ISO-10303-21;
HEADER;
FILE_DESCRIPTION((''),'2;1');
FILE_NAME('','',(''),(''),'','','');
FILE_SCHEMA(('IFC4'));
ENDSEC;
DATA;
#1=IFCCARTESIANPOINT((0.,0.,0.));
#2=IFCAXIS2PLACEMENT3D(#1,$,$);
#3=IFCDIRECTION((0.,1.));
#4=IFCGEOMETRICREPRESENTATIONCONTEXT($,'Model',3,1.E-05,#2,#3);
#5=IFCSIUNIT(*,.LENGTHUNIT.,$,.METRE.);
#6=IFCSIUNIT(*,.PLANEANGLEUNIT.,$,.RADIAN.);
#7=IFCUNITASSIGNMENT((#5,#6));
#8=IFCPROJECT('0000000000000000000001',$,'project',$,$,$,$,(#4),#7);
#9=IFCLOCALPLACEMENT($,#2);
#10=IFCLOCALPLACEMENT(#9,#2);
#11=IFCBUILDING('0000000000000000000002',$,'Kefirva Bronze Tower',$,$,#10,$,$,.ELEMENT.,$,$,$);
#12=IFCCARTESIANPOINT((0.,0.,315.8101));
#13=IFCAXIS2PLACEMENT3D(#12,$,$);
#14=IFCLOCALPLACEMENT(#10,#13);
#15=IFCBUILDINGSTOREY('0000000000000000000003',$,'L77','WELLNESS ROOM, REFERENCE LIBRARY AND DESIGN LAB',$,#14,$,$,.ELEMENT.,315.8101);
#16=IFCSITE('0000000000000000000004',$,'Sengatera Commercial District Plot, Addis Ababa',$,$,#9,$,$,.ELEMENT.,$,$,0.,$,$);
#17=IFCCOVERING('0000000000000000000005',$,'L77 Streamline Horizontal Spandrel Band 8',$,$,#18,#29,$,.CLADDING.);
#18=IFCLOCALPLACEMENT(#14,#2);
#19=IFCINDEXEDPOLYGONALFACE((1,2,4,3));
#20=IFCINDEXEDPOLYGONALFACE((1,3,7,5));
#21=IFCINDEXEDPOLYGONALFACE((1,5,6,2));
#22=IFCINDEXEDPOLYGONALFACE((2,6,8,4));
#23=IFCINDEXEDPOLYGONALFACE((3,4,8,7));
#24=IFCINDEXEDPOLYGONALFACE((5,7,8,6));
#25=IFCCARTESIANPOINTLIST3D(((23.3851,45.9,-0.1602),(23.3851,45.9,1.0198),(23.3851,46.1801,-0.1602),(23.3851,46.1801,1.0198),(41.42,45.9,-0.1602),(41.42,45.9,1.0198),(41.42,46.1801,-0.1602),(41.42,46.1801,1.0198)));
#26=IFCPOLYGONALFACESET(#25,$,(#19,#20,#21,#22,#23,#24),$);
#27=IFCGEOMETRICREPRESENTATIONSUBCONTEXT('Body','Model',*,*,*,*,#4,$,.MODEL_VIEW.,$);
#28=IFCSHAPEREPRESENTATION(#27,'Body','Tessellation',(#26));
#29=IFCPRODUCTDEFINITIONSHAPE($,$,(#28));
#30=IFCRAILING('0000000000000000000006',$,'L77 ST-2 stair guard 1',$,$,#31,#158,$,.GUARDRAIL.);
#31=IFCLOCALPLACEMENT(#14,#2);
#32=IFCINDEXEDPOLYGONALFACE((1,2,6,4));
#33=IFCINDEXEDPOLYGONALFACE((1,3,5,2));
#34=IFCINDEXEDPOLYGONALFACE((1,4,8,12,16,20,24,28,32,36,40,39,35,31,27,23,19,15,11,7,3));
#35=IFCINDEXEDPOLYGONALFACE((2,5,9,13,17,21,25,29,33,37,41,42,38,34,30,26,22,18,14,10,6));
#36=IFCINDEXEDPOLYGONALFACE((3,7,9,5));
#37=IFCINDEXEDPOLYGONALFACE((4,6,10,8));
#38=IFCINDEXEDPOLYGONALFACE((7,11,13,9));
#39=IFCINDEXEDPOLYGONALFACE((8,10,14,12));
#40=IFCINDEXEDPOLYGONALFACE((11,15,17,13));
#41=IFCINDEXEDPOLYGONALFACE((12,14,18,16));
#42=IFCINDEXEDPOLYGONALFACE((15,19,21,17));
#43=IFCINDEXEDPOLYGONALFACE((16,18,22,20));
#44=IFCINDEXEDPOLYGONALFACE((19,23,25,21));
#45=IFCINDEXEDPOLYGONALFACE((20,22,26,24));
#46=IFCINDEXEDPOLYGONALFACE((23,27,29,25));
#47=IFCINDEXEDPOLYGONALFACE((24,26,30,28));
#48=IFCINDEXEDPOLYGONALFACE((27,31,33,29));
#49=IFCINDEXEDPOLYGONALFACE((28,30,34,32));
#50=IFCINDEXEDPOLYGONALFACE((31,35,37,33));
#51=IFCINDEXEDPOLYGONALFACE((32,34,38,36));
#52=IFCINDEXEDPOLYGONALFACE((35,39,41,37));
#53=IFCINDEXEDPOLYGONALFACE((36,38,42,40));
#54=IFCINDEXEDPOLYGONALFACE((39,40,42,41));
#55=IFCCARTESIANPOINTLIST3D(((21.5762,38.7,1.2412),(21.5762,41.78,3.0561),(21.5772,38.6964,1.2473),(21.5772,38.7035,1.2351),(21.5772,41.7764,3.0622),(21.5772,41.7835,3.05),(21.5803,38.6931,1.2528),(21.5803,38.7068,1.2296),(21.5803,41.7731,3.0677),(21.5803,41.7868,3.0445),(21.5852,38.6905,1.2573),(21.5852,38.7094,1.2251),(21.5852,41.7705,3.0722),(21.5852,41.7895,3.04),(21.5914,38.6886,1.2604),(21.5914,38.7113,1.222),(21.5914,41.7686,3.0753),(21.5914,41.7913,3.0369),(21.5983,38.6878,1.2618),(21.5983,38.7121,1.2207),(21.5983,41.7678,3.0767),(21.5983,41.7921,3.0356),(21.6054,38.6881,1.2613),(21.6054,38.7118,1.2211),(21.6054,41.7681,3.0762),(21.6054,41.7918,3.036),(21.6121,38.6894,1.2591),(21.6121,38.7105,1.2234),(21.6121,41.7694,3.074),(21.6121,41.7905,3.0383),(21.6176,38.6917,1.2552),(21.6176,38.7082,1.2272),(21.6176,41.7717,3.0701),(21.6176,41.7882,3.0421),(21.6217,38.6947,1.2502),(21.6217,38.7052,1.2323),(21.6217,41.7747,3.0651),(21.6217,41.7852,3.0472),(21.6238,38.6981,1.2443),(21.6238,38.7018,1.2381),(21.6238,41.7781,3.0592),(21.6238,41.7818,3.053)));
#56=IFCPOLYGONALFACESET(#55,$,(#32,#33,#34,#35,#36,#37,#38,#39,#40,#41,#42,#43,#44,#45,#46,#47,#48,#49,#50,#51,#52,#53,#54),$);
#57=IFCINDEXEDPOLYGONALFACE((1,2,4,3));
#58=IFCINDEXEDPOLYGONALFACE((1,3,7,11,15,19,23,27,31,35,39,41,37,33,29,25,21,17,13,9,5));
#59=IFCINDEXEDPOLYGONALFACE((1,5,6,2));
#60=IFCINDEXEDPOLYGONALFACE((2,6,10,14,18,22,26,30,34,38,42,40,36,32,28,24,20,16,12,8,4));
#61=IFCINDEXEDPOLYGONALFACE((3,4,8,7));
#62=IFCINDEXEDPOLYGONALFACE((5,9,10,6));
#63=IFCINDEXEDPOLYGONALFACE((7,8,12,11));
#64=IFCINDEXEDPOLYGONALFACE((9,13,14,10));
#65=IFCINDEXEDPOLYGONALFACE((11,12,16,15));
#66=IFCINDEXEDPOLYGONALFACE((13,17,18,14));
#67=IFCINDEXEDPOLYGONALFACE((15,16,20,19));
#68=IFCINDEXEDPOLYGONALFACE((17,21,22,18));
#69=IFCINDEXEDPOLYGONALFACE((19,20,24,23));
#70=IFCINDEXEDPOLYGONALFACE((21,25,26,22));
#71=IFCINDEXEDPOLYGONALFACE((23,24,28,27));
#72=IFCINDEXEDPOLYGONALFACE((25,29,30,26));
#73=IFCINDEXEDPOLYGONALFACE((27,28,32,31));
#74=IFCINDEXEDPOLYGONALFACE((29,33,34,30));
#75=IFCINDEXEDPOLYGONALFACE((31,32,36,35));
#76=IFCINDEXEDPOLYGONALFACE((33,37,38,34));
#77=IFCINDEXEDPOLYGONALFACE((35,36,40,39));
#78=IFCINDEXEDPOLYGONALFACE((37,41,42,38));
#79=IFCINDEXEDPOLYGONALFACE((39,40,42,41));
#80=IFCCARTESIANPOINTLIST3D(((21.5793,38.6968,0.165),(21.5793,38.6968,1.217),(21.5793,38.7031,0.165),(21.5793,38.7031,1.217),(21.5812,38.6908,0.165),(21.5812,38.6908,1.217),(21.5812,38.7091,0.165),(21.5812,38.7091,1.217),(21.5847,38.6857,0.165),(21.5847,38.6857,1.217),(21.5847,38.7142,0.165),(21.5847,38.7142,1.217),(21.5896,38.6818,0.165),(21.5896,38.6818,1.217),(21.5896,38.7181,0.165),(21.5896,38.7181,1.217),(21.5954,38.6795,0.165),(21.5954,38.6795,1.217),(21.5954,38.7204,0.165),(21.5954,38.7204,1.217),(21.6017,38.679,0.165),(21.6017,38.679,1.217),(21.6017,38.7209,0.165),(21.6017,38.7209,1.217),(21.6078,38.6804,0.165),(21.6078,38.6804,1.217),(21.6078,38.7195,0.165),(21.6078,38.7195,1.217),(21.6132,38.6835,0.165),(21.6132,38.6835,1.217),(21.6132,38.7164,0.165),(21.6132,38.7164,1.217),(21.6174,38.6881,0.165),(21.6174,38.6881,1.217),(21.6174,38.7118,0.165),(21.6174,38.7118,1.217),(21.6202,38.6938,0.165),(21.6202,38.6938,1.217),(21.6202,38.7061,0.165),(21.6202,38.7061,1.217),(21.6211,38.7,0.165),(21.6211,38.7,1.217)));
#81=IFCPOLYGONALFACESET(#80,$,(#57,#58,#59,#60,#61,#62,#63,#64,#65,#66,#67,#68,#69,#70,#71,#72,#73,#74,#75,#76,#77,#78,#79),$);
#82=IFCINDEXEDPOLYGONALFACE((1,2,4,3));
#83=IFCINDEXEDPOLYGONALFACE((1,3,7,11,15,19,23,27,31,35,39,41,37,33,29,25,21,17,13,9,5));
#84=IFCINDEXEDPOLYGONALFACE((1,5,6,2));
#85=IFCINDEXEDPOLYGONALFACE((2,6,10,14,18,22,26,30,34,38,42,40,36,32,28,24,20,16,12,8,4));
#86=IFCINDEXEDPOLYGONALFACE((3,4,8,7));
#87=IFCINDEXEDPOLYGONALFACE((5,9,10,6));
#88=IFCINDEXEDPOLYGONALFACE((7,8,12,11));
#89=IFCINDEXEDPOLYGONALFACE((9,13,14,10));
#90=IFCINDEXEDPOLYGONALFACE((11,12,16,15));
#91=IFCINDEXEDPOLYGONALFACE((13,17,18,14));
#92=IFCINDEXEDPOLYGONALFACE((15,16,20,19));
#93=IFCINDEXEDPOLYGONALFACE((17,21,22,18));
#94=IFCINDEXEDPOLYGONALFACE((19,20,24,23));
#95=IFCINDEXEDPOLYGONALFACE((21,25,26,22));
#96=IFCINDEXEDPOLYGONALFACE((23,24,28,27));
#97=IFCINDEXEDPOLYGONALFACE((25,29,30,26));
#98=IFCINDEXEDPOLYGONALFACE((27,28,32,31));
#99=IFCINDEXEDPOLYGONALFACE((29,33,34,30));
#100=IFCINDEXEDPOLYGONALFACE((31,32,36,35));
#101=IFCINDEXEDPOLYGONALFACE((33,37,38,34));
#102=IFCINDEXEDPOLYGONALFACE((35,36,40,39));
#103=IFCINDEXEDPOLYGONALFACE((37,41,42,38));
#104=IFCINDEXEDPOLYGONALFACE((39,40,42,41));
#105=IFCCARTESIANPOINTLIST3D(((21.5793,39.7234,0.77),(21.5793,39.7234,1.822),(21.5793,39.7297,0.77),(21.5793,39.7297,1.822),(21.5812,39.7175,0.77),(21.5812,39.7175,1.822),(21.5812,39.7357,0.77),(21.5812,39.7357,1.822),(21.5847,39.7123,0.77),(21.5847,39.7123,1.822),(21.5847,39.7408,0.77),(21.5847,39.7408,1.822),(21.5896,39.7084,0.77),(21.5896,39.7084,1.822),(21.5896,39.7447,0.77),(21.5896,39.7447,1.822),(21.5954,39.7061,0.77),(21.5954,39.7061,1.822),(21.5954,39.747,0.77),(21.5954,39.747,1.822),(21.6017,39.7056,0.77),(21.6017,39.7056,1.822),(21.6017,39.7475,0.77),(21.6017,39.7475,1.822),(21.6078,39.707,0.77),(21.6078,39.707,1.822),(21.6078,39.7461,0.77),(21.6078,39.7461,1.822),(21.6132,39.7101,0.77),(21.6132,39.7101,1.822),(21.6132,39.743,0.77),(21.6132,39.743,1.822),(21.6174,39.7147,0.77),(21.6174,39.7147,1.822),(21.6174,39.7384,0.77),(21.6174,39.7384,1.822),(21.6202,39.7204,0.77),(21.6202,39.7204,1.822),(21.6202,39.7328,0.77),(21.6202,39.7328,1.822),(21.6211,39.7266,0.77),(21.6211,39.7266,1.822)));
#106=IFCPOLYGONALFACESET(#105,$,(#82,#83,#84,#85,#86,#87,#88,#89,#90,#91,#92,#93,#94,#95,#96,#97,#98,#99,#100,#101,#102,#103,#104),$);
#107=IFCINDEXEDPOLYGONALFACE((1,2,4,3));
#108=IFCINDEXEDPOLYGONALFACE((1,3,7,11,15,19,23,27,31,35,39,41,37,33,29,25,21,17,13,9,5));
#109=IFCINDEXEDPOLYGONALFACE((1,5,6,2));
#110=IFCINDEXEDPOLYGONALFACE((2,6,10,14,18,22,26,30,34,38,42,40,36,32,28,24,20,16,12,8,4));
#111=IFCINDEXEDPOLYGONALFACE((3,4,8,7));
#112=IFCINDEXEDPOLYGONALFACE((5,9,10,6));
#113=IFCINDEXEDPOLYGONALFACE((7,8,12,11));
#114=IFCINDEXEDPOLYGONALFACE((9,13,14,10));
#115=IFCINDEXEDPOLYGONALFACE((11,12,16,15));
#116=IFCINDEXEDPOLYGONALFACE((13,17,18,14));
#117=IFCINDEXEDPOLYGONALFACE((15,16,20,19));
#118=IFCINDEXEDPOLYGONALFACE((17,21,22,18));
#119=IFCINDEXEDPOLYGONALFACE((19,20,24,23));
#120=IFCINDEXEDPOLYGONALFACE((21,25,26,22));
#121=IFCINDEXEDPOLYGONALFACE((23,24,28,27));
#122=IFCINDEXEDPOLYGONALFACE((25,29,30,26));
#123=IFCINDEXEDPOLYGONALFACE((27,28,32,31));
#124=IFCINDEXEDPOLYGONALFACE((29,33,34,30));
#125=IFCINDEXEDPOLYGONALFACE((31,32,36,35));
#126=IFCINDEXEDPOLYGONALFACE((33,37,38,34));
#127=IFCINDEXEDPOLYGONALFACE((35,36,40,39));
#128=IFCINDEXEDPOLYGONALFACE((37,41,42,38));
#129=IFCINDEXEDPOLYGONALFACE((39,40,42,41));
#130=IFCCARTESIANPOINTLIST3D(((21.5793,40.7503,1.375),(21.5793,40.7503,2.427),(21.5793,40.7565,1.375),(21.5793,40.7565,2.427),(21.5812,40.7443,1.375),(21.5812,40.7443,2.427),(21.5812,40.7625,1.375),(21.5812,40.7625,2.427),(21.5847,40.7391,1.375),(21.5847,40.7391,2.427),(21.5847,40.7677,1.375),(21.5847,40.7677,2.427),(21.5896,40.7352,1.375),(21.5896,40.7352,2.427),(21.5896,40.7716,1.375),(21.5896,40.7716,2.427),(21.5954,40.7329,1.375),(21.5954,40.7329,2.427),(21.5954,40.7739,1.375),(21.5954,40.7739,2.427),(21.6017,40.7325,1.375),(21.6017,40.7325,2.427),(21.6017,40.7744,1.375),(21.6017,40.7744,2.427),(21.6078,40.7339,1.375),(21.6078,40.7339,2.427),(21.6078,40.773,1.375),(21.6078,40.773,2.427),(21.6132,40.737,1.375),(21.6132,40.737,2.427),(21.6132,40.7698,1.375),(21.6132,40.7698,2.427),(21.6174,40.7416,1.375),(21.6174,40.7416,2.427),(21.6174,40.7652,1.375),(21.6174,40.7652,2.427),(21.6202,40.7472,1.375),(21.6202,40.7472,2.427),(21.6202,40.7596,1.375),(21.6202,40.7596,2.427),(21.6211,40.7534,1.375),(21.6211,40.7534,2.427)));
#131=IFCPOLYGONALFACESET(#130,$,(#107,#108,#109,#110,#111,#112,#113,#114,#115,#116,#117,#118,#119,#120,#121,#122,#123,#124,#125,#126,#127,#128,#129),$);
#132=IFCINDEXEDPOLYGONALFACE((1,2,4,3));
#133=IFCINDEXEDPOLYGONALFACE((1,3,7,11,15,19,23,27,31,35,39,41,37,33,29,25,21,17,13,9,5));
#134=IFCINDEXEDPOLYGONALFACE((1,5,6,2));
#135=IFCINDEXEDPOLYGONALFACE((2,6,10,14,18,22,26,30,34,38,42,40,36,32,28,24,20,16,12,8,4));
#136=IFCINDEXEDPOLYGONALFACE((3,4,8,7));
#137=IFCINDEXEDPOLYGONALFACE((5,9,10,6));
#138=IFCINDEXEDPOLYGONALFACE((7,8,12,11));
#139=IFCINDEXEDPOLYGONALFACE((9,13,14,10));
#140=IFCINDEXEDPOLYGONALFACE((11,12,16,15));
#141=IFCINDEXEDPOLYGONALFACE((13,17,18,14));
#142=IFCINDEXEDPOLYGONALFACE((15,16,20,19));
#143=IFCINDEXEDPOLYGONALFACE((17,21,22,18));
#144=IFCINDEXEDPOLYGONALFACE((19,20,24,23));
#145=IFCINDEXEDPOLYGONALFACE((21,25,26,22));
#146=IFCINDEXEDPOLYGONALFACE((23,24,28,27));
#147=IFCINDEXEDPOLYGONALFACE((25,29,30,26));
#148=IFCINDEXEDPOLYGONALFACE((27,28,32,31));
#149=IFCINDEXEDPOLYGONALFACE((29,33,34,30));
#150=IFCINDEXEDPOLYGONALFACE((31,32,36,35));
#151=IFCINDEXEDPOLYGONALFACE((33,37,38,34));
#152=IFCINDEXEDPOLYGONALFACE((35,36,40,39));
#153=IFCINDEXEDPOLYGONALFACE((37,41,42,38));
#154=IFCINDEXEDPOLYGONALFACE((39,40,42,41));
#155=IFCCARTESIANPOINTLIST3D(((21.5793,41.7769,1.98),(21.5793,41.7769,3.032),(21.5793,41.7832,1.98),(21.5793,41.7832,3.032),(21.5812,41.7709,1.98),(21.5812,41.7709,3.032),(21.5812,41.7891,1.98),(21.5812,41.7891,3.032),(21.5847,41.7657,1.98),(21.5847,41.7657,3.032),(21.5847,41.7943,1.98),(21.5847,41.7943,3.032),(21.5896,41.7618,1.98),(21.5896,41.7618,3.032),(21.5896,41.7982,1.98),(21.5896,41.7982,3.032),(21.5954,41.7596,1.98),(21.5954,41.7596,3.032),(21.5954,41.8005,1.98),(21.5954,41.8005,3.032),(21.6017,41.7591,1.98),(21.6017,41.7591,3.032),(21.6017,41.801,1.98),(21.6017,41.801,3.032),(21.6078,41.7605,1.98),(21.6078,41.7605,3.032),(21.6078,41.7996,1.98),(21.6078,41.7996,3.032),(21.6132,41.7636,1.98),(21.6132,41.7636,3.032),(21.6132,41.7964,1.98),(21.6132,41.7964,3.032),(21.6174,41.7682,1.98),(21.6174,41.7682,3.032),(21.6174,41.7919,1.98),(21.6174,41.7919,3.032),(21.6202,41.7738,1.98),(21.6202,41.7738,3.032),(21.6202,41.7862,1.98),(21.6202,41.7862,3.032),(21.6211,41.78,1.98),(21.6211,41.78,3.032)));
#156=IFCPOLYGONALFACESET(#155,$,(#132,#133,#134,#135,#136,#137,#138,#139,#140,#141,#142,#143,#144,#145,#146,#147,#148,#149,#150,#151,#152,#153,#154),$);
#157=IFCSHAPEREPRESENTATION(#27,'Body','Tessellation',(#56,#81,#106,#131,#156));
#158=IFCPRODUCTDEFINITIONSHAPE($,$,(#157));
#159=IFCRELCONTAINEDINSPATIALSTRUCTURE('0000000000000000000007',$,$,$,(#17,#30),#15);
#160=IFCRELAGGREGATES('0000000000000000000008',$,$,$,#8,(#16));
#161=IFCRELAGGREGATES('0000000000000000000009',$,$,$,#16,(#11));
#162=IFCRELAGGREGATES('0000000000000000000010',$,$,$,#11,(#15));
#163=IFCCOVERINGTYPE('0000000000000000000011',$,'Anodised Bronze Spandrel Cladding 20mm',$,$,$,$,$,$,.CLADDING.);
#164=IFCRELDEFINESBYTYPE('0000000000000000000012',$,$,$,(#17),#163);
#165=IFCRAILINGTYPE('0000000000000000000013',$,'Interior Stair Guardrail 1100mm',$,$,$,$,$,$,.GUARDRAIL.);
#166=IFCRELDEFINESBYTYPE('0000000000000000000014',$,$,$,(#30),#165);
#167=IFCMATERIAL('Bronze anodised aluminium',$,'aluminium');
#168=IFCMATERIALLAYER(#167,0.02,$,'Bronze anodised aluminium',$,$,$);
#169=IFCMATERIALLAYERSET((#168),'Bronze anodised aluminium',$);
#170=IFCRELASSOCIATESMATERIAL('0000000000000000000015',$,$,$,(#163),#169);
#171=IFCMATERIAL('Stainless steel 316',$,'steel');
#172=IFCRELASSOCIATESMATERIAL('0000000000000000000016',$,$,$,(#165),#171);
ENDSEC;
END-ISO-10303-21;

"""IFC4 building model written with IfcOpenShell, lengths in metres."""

from ifc_helpers import new_model, si_unit, direction, frame, origin, origin_2d, place, context, subcontext, project, spatial, rectangle, circle, extrude, material, layer, layer_set, type_object, element, save


model = new_model("IFC4")

# Units and contexts
model_context = context("Model", 3, precision=1e-05, world=origin(), true_north=direction((0.0, 1.0)))
body_context = subcontext(model_context, "Body", "Model", "MODEL_VIEW")
ifc_project = project(units=[si_unit("LENGTHUNIT", "METRE"), si_unit("PLANEANGLEUNIT", "RADIAN")], contexts=[model_context])

# Site, building, storey
site_placement = place(None, origin())
site = spatial("IfcSite", under=ifc_project, at=site_placement, Name="Sengatera Commercial District Plot, Addis Ababa", CompositionType="ELEMENT", RefElevation=0.0)
building_placement = place(site_placement, origin())
building = spatial("IfcBuilding", under=site, at=building_placement, Name="Kefirva Bronze Tower", CompositionType="ELEMENT")
storey_placement = place(building_placement, frame((0.0, 0.0, 315.8101)))
storey = spatial("IfcBuildingStorey", under=building, at=storey_placement, Name="L77", Description="WELLNESS ROOM, REFERENCE LIBRARY AND DESIGN LAB", CompositionType="ELEMENT", Elevation=315.8101)

# Shared definitions
ifc_material_1 = material(Name="Bronze anodised aluminium", Category="aluminium")

# Covering
ifc_layer_1 = layer(ifc_material_1, 0.02, Name="Bronze anodised aluminium")
ifc_layer_set_1 = layer_set([ifc_layer_1], Name="Bronze anodised aluminium")
covering_type_1 = type_object("IfcCoveringType", Name="Anodised Bronze Spandrel Cladding 20mm", PredefinedType="CLADDING", material=ifc_layer_set_1)
covering_1_placement = place(storey_placement, frame((32.4026, 46.04, -0.1602), z_axis=(0.0, 0.0, 1.0), x_axis=(-1.0, 0.0, 0.0)))
element("IfcCovering", 1, at=covering_1_placement, inside=storey, type_object=covering_type_1, Name="L77 Streamline Horizontal Spandrel Band 8", PredefinedType="CLADDING", context=body_context, shape_type="SweptSolid", body=[
    extrude(rectangle(XDim=18.0349, YDim=0.28, at=origin_2d()), origin(), (0.0, 0.0, 1.0), 1.1799),
])

# Railing
ifc_material_2 = material(Name="Stainless steel 316", Category="steel")
railing_type_1 = type_object("IfcRailingType", Name="Interior Stair Guardrail 1100mm", PredefinedType="GUARDRAIL", material=ifc_material_2)
railing_1_placement = place(storey_placement, frame((21.6001, 38.7, 0.165)))
element("IfcRailing", 2, at=railing_1_placement, inside=storey, type_object=railing_type_1, Name="L77 ST-2 stair guard 1", PredefinedType="GUARDRAIL", context=body_context, shape_type="SweptSolid", body=[
    extrude(circle(Radius=0.0239, at=origin_2d()), frame((0.0, 0.0, 1.0762), z_axis=(0.0, 0.861551, 0.507671), x_axis=(-1.0, 0.0, 0.0)), (0.0, 0.0, 1.0), 3.575),
    extrude(circle(Radius=0.021, at=origin_2d()), origin(), (0.0, 0.0, 1.0), 1.052),
    extrude(circle(Radius=0.021, at=origin_2d()), frame((0.0, 1.0266, 0.605)), (0.0, 0.0, 1.0), 1.052),
    extrude(circle(Radius=0.021, at=origin_2d()), frame((0.0, 2.0535, 1.21)), (0.0, 0.0, 1.0), 1.052),
    extrude(circle(Radius=0.021, at=origin_2d()), frame((0.0, 3.0801, 1.8149)), (0.0, 0.0, 1.0), 1.052),
])

save(model, "model.ifc")
